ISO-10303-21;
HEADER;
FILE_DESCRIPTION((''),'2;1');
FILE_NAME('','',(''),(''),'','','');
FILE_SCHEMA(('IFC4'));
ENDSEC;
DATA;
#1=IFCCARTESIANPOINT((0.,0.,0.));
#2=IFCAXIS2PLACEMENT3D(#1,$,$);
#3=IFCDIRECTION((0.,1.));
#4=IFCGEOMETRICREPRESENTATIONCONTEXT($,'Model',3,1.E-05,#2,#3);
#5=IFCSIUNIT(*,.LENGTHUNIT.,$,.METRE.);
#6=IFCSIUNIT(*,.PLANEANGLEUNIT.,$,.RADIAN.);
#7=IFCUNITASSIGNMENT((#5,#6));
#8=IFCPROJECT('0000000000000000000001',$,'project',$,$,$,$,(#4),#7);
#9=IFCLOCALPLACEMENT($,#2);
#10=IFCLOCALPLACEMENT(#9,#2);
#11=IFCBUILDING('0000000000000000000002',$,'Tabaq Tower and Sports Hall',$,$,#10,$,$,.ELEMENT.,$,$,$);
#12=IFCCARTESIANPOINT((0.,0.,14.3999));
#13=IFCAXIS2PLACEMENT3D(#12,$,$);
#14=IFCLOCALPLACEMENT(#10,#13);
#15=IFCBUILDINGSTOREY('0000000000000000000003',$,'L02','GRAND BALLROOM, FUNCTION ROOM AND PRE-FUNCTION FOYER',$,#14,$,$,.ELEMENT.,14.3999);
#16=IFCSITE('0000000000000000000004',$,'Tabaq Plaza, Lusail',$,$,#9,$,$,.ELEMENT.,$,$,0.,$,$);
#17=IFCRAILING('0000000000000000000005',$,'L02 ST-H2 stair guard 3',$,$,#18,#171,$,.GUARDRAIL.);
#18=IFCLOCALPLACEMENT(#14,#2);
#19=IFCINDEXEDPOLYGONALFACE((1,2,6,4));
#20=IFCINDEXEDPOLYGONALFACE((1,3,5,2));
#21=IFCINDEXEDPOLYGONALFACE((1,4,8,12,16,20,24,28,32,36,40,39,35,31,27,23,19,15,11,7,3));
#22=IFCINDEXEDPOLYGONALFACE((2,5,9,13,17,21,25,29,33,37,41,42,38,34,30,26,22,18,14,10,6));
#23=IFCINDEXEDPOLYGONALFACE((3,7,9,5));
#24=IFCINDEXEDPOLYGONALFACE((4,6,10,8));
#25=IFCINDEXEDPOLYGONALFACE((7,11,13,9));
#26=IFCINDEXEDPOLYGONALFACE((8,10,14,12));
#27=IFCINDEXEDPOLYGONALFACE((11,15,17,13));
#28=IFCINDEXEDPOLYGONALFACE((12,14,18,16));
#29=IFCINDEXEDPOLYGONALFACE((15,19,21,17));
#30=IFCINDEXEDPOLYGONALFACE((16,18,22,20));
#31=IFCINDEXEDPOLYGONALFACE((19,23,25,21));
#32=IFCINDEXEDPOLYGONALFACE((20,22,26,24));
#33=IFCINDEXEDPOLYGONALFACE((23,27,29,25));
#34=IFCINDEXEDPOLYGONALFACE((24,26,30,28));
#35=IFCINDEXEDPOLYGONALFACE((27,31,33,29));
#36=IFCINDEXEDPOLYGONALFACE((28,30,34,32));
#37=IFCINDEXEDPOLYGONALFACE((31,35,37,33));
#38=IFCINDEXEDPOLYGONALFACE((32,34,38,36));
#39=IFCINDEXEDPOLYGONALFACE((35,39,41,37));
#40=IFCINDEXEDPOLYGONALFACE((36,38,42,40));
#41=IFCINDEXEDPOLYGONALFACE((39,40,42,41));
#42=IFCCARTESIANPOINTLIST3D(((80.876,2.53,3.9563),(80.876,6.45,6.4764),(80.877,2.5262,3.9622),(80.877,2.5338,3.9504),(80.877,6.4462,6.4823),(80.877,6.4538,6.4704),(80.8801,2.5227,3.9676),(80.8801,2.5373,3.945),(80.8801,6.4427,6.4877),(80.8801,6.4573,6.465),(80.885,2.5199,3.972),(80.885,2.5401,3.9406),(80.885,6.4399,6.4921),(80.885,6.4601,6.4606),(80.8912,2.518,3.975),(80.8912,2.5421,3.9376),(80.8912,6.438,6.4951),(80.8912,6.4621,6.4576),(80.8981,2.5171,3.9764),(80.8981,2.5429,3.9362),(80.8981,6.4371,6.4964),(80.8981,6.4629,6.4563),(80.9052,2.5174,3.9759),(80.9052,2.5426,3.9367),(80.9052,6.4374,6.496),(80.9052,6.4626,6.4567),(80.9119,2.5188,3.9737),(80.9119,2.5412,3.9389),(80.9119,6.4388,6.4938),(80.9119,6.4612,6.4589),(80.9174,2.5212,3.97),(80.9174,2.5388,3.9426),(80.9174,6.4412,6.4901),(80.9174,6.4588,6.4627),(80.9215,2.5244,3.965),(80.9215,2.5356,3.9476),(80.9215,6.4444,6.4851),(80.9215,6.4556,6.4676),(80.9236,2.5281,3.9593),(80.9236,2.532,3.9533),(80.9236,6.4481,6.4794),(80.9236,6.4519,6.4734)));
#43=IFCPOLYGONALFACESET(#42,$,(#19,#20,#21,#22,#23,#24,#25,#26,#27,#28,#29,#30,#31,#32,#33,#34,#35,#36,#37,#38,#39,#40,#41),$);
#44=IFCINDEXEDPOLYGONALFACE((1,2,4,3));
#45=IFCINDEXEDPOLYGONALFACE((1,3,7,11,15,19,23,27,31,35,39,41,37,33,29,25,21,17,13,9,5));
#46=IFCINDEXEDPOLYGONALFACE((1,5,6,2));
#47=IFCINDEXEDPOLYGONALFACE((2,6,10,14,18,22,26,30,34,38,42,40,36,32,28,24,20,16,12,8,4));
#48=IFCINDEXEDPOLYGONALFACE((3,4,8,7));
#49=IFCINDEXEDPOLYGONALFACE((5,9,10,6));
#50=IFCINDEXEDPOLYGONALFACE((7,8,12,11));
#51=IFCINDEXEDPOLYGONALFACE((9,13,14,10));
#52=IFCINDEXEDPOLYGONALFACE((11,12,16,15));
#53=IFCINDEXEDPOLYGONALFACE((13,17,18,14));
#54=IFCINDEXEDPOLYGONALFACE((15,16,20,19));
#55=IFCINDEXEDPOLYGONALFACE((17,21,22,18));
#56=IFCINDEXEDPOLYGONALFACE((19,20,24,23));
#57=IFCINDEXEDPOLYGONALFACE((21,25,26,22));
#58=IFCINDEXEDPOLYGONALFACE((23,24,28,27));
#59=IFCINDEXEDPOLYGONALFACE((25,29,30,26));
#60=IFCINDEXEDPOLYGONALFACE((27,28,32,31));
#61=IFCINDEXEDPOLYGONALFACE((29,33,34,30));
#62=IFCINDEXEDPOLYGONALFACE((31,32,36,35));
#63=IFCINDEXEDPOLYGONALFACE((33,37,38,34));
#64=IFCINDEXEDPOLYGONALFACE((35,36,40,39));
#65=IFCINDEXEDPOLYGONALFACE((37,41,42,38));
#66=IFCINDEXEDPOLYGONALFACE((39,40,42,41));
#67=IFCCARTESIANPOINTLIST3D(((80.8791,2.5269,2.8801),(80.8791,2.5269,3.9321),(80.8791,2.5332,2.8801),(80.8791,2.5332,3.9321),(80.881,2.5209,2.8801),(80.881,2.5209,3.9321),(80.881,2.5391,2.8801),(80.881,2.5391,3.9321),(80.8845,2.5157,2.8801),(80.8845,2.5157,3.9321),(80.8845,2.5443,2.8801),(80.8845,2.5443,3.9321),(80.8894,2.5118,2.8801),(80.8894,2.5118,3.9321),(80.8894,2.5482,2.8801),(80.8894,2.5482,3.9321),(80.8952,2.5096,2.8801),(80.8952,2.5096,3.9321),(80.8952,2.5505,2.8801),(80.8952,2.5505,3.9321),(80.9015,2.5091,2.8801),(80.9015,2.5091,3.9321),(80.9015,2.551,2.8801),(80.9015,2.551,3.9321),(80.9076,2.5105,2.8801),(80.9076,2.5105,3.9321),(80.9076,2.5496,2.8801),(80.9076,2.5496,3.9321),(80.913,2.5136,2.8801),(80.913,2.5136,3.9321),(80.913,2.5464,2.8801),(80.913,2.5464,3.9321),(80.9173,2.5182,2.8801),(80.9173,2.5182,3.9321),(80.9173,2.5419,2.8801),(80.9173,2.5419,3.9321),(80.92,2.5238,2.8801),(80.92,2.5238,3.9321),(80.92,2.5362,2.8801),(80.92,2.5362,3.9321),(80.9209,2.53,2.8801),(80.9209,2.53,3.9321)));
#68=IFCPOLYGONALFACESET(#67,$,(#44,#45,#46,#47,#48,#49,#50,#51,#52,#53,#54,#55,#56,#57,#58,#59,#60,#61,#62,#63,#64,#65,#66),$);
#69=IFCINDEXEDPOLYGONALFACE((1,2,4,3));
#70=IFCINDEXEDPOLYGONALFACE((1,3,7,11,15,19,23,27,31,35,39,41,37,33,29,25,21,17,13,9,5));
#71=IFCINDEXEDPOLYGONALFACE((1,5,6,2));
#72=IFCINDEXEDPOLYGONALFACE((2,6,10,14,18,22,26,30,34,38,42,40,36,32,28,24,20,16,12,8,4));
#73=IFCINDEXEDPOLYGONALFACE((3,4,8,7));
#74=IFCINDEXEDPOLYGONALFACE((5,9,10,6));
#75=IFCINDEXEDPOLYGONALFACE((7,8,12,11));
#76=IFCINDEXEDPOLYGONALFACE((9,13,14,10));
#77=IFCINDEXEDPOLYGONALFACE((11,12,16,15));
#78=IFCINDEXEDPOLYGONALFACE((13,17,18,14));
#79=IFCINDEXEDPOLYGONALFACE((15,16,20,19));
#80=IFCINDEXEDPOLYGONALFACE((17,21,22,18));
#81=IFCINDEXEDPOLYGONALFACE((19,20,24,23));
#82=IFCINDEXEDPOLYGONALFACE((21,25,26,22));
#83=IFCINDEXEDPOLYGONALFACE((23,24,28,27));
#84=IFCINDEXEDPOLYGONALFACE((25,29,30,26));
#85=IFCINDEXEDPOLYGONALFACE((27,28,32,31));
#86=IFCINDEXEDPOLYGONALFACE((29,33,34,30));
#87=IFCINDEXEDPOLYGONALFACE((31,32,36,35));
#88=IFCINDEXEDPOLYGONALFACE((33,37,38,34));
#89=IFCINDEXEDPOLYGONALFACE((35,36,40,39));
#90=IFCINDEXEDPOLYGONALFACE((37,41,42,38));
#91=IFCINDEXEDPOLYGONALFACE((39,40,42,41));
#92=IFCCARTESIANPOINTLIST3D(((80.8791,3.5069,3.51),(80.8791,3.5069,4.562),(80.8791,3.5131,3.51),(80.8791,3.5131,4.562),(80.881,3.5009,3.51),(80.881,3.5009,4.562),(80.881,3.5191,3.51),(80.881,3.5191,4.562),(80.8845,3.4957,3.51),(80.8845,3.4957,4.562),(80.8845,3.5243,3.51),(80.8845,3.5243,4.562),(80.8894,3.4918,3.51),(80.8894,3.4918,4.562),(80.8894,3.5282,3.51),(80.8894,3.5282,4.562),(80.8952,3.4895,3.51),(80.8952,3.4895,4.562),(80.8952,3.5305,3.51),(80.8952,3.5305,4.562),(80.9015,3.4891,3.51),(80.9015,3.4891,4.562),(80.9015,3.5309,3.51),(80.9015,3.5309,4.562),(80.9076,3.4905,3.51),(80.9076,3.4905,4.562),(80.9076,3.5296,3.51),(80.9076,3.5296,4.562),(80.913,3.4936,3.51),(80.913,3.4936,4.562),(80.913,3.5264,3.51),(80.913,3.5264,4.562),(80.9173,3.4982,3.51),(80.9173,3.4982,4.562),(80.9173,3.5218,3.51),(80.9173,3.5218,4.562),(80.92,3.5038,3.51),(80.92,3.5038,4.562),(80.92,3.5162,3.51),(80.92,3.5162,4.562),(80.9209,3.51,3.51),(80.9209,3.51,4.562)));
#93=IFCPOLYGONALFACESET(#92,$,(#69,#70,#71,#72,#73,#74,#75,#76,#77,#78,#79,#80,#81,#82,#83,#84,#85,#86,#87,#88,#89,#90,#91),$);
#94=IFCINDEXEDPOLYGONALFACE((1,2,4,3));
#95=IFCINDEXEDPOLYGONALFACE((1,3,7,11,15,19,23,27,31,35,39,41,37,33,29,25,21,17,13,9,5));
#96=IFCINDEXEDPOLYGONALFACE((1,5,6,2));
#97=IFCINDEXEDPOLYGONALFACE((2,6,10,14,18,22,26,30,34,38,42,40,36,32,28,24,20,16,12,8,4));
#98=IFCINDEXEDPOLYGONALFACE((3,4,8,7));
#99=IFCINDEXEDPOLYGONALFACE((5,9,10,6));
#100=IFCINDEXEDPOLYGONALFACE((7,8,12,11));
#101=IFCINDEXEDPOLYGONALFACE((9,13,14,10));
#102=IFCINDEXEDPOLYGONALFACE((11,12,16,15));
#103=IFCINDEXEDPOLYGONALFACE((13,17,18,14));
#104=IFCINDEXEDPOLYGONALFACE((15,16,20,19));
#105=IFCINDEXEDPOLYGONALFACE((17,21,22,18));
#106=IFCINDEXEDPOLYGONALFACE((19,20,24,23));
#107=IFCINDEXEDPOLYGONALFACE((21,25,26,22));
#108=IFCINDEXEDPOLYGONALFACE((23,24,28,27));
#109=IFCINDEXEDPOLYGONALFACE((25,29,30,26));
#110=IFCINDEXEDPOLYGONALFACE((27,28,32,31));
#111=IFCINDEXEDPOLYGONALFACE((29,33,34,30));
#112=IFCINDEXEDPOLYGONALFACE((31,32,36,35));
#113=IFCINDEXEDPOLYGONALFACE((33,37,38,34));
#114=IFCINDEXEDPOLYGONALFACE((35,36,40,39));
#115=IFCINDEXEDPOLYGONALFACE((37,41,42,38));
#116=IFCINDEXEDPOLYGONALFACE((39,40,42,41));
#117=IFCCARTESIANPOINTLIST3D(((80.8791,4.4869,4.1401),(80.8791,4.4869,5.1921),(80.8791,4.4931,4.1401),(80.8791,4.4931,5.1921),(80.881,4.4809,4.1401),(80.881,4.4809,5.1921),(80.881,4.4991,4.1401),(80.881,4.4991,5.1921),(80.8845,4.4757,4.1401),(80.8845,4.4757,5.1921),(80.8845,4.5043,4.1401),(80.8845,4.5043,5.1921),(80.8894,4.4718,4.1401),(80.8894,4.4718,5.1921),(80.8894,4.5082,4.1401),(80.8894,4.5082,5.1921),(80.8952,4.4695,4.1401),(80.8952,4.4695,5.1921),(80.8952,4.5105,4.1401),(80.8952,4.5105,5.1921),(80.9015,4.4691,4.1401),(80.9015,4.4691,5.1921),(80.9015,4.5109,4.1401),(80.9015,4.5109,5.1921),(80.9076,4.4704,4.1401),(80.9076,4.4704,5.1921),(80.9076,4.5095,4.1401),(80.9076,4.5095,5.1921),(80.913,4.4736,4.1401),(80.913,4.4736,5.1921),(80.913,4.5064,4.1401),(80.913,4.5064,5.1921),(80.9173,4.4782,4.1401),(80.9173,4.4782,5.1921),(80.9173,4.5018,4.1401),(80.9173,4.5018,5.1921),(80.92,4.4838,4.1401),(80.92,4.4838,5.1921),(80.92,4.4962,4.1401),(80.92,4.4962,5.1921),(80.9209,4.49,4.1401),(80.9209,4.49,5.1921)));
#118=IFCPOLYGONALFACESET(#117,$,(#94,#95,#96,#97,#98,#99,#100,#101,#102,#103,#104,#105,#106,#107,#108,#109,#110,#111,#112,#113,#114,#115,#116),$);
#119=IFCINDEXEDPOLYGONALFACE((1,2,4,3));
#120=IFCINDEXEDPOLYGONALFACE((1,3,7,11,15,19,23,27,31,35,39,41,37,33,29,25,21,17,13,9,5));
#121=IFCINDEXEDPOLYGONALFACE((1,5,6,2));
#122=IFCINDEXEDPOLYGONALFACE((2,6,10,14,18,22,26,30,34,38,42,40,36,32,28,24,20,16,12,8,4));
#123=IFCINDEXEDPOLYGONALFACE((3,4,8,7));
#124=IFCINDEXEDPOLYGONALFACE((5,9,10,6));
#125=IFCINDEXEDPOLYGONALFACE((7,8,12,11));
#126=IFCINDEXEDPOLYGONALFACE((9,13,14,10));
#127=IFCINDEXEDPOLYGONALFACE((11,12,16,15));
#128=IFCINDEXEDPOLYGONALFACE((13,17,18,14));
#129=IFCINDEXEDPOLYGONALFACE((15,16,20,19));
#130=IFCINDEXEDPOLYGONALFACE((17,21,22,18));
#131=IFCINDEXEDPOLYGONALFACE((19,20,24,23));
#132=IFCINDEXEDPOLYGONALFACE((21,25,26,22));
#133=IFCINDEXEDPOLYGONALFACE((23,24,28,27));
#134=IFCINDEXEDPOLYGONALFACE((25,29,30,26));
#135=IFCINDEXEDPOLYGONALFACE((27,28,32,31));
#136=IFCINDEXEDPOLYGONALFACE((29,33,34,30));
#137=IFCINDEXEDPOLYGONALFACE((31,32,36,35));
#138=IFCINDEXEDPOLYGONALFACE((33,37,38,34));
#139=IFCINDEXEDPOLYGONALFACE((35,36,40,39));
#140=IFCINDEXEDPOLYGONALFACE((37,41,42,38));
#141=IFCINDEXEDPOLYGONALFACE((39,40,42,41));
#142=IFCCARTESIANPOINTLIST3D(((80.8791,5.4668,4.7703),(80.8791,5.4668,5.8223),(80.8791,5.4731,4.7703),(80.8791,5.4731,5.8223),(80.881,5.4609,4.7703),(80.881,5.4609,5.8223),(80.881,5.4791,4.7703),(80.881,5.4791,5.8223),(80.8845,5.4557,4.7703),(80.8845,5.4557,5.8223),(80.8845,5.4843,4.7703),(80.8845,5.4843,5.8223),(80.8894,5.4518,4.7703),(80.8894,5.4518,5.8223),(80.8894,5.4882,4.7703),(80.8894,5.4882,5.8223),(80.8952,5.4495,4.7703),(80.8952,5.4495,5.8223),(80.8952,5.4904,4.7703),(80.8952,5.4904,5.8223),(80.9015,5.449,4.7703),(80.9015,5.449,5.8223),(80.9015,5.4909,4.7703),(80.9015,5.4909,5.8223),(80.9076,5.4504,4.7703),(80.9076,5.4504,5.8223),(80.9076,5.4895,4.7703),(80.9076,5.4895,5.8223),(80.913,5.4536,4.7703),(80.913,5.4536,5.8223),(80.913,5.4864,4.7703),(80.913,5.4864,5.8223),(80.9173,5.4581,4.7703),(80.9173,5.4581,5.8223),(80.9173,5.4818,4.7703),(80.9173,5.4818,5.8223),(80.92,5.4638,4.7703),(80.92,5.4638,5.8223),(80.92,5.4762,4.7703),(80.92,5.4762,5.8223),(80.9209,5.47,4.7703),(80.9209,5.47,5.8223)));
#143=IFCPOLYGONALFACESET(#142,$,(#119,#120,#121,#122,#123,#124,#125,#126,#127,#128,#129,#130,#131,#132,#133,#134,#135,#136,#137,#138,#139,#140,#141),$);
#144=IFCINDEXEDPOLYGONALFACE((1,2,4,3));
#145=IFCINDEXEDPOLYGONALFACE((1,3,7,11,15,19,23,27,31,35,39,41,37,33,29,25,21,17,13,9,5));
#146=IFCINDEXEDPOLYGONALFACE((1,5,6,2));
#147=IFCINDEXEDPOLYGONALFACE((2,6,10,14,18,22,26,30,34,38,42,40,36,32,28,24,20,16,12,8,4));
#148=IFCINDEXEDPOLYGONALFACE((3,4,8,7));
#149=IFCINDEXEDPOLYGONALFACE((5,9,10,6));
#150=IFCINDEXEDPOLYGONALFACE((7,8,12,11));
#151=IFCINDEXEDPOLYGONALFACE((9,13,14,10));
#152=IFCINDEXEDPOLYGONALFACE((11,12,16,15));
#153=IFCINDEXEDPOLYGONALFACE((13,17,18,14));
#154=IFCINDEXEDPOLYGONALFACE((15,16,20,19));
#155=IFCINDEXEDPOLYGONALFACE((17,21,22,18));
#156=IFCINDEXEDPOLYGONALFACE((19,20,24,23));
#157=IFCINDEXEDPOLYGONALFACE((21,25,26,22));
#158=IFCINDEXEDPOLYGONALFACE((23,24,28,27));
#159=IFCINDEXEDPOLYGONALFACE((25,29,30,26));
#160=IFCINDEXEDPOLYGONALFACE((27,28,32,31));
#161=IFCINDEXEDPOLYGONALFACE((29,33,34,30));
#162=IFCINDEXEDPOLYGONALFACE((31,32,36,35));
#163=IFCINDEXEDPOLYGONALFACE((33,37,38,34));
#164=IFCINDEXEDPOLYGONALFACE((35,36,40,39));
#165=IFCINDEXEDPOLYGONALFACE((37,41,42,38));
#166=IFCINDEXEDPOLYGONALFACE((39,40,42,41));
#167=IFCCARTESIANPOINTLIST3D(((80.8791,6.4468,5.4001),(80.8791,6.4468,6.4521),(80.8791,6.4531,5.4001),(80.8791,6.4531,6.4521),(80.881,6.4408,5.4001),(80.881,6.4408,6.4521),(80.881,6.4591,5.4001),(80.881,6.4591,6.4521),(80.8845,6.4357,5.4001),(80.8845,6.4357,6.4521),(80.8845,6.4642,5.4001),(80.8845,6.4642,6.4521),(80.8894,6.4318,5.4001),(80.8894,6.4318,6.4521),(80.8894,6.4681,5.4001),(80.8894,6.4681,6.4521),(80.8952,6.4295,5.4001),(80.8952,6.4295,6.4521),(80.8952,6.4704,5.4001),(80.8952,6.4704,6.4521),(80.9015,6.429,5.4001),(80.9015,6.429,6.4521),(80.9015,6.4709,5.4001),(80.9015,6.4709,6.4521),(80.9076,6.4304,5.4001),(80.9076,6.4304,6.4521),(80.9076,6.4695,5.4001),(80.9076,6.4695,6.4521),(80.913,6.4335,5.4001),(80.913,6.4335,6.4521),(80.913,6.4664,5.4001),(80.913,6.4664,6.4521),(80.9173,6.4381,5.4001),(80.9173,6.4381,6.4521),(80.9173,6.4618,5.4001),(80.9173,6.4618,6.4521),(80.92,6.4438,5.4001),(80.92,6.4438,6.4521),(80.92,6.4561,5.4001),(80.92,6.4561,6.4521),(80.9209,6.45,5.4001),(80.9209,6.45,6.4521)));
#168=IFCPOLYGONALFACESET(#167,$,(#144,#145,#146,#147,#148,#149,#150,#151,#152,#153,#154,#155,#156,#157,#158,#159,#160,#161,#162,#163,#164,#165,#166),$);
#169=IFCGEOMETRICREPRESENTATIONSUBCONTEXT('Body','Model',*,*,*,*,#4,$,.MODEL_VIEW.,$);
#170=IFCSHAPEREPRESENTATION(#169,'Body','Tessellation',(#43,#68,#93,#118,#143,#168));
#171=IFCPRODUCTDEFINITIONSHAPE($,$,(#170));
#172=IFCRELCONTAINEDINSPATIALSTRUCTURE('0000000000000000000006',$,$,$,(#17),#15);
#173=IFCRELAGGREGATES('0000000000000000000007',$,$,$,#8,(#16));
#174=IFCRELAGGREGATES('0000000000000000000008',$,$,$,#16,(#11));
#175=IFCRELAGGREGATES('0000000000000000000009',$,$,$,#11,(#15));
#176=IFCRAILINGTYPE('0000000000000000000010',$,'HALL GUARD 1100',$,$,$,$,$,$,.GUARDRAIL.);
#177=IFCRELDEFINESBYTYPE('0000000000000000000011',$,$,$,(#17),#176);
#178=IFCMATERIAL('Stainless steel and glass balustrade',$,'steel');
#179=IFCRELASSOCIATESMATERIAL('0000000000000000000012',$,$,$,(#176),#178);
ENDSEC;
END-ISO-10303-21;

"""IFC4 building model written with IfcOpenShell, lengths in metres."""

from ifc_helpers import new_model, si_unit, direction, frame, origin, origin_2d, place, context, subcontext, project, spatial, circle, extrude, material, type_object, element, save


model = new_model("IFC4")

# Units and contexts
model_context = context("Model", 3, precision=1e-05, world=origin(), true_north=direction((0.0, 1.0)))
body_context = subcontext(model_context, "Body", "Model", "MODEL_VIEW")
ifc_project = project(units=[si_unit("LENGTHUNIT", "METRE"), si_unit("PLANEANGLEUNIT", "RADIAN")], contexts=[model_context])

# Site, building, storey
site_placement = place(None, origin())
site = spatial("IfcSite", under=ifc_project, at=site_placement, Name="Tabaq Plaza, Lusail", CompositionType="ELEMENT", RefElevation=0.0)
building_placement = place(site_placement, origin())
building = spatial("IfcBuilding", under=site, at=building_placement, Name="Tabaq Tower and Sports Hall", CompositionType="ELEMENT")
storey_placement = place(building_placement, frame((0.0, 0.0, 14.3999)))
storey = spatial("IfcBuildingStorey", under=building, at=storey_placement, Name="L02", Description="GRAND BALLROOM, FUNCTION ROOM AND PRE-FUNCTION FOYER", CompositionType="ELEMENT", Elevation=14.3999)

# Railing
ifc_material_1 = material(Name="Stainless steel and glass balustrade", Category="steel")
railing_type_1 = type_object("IfcRailingType", Name="HALL GUARD 1100", PredefinedType="GUARDRAIL", material=ifc_material_1)
railing_1_placement = place(storey_placement, frame((80.8999, 2.53, 2.8801)))
element("IfcRailing", 1, at=railing_1_placement, inside=storey, type_object=railing_type_1, Name="L02 ST-H2 stair guard 3", PredefinedType="GUARDRAIL", context=body_context, shape_type="SweptSolid", body=[
    extrude(circle(Radius=0.0239, at=origin_2d()), frame((0.0, 0.0, 1.0762), z_axis=(0.0, 0.841172, 0.540768), x_axis=(-1.0, 0.0, 0.0)), (0.0, 0.0, 1.0), 4.6602),
    extrude(circle(Radius=0.021, at=origin_2d()), origin(), (0.0, 0.0, 1.0), 1.052),
    extrude(circle(Radius=0.021, at=origin_2d()), frame((0.0, 0.98, 0.6299)), (0.0, 0.0, 1.0), 1.052),
    extrude(circle(Radius=0.021, at=origin_2d()), frame((0.0, 1.96, 1.26)), (0.0, 0.0, 1.0), 1.052),
    extrude(circle(Radius=0.021, at=origin_2d()), frame((0.0, 2.9399, 1.8901)), (0.0, 0.0, 1.0), 1.052),
    extrude(circle(Radius=0.021, at=origin_2d()), frame((0.0, 3.9199, 2.52)), (0.0, 0.0, 1.0), 1.052),
])

save(model, "model.ifc")
